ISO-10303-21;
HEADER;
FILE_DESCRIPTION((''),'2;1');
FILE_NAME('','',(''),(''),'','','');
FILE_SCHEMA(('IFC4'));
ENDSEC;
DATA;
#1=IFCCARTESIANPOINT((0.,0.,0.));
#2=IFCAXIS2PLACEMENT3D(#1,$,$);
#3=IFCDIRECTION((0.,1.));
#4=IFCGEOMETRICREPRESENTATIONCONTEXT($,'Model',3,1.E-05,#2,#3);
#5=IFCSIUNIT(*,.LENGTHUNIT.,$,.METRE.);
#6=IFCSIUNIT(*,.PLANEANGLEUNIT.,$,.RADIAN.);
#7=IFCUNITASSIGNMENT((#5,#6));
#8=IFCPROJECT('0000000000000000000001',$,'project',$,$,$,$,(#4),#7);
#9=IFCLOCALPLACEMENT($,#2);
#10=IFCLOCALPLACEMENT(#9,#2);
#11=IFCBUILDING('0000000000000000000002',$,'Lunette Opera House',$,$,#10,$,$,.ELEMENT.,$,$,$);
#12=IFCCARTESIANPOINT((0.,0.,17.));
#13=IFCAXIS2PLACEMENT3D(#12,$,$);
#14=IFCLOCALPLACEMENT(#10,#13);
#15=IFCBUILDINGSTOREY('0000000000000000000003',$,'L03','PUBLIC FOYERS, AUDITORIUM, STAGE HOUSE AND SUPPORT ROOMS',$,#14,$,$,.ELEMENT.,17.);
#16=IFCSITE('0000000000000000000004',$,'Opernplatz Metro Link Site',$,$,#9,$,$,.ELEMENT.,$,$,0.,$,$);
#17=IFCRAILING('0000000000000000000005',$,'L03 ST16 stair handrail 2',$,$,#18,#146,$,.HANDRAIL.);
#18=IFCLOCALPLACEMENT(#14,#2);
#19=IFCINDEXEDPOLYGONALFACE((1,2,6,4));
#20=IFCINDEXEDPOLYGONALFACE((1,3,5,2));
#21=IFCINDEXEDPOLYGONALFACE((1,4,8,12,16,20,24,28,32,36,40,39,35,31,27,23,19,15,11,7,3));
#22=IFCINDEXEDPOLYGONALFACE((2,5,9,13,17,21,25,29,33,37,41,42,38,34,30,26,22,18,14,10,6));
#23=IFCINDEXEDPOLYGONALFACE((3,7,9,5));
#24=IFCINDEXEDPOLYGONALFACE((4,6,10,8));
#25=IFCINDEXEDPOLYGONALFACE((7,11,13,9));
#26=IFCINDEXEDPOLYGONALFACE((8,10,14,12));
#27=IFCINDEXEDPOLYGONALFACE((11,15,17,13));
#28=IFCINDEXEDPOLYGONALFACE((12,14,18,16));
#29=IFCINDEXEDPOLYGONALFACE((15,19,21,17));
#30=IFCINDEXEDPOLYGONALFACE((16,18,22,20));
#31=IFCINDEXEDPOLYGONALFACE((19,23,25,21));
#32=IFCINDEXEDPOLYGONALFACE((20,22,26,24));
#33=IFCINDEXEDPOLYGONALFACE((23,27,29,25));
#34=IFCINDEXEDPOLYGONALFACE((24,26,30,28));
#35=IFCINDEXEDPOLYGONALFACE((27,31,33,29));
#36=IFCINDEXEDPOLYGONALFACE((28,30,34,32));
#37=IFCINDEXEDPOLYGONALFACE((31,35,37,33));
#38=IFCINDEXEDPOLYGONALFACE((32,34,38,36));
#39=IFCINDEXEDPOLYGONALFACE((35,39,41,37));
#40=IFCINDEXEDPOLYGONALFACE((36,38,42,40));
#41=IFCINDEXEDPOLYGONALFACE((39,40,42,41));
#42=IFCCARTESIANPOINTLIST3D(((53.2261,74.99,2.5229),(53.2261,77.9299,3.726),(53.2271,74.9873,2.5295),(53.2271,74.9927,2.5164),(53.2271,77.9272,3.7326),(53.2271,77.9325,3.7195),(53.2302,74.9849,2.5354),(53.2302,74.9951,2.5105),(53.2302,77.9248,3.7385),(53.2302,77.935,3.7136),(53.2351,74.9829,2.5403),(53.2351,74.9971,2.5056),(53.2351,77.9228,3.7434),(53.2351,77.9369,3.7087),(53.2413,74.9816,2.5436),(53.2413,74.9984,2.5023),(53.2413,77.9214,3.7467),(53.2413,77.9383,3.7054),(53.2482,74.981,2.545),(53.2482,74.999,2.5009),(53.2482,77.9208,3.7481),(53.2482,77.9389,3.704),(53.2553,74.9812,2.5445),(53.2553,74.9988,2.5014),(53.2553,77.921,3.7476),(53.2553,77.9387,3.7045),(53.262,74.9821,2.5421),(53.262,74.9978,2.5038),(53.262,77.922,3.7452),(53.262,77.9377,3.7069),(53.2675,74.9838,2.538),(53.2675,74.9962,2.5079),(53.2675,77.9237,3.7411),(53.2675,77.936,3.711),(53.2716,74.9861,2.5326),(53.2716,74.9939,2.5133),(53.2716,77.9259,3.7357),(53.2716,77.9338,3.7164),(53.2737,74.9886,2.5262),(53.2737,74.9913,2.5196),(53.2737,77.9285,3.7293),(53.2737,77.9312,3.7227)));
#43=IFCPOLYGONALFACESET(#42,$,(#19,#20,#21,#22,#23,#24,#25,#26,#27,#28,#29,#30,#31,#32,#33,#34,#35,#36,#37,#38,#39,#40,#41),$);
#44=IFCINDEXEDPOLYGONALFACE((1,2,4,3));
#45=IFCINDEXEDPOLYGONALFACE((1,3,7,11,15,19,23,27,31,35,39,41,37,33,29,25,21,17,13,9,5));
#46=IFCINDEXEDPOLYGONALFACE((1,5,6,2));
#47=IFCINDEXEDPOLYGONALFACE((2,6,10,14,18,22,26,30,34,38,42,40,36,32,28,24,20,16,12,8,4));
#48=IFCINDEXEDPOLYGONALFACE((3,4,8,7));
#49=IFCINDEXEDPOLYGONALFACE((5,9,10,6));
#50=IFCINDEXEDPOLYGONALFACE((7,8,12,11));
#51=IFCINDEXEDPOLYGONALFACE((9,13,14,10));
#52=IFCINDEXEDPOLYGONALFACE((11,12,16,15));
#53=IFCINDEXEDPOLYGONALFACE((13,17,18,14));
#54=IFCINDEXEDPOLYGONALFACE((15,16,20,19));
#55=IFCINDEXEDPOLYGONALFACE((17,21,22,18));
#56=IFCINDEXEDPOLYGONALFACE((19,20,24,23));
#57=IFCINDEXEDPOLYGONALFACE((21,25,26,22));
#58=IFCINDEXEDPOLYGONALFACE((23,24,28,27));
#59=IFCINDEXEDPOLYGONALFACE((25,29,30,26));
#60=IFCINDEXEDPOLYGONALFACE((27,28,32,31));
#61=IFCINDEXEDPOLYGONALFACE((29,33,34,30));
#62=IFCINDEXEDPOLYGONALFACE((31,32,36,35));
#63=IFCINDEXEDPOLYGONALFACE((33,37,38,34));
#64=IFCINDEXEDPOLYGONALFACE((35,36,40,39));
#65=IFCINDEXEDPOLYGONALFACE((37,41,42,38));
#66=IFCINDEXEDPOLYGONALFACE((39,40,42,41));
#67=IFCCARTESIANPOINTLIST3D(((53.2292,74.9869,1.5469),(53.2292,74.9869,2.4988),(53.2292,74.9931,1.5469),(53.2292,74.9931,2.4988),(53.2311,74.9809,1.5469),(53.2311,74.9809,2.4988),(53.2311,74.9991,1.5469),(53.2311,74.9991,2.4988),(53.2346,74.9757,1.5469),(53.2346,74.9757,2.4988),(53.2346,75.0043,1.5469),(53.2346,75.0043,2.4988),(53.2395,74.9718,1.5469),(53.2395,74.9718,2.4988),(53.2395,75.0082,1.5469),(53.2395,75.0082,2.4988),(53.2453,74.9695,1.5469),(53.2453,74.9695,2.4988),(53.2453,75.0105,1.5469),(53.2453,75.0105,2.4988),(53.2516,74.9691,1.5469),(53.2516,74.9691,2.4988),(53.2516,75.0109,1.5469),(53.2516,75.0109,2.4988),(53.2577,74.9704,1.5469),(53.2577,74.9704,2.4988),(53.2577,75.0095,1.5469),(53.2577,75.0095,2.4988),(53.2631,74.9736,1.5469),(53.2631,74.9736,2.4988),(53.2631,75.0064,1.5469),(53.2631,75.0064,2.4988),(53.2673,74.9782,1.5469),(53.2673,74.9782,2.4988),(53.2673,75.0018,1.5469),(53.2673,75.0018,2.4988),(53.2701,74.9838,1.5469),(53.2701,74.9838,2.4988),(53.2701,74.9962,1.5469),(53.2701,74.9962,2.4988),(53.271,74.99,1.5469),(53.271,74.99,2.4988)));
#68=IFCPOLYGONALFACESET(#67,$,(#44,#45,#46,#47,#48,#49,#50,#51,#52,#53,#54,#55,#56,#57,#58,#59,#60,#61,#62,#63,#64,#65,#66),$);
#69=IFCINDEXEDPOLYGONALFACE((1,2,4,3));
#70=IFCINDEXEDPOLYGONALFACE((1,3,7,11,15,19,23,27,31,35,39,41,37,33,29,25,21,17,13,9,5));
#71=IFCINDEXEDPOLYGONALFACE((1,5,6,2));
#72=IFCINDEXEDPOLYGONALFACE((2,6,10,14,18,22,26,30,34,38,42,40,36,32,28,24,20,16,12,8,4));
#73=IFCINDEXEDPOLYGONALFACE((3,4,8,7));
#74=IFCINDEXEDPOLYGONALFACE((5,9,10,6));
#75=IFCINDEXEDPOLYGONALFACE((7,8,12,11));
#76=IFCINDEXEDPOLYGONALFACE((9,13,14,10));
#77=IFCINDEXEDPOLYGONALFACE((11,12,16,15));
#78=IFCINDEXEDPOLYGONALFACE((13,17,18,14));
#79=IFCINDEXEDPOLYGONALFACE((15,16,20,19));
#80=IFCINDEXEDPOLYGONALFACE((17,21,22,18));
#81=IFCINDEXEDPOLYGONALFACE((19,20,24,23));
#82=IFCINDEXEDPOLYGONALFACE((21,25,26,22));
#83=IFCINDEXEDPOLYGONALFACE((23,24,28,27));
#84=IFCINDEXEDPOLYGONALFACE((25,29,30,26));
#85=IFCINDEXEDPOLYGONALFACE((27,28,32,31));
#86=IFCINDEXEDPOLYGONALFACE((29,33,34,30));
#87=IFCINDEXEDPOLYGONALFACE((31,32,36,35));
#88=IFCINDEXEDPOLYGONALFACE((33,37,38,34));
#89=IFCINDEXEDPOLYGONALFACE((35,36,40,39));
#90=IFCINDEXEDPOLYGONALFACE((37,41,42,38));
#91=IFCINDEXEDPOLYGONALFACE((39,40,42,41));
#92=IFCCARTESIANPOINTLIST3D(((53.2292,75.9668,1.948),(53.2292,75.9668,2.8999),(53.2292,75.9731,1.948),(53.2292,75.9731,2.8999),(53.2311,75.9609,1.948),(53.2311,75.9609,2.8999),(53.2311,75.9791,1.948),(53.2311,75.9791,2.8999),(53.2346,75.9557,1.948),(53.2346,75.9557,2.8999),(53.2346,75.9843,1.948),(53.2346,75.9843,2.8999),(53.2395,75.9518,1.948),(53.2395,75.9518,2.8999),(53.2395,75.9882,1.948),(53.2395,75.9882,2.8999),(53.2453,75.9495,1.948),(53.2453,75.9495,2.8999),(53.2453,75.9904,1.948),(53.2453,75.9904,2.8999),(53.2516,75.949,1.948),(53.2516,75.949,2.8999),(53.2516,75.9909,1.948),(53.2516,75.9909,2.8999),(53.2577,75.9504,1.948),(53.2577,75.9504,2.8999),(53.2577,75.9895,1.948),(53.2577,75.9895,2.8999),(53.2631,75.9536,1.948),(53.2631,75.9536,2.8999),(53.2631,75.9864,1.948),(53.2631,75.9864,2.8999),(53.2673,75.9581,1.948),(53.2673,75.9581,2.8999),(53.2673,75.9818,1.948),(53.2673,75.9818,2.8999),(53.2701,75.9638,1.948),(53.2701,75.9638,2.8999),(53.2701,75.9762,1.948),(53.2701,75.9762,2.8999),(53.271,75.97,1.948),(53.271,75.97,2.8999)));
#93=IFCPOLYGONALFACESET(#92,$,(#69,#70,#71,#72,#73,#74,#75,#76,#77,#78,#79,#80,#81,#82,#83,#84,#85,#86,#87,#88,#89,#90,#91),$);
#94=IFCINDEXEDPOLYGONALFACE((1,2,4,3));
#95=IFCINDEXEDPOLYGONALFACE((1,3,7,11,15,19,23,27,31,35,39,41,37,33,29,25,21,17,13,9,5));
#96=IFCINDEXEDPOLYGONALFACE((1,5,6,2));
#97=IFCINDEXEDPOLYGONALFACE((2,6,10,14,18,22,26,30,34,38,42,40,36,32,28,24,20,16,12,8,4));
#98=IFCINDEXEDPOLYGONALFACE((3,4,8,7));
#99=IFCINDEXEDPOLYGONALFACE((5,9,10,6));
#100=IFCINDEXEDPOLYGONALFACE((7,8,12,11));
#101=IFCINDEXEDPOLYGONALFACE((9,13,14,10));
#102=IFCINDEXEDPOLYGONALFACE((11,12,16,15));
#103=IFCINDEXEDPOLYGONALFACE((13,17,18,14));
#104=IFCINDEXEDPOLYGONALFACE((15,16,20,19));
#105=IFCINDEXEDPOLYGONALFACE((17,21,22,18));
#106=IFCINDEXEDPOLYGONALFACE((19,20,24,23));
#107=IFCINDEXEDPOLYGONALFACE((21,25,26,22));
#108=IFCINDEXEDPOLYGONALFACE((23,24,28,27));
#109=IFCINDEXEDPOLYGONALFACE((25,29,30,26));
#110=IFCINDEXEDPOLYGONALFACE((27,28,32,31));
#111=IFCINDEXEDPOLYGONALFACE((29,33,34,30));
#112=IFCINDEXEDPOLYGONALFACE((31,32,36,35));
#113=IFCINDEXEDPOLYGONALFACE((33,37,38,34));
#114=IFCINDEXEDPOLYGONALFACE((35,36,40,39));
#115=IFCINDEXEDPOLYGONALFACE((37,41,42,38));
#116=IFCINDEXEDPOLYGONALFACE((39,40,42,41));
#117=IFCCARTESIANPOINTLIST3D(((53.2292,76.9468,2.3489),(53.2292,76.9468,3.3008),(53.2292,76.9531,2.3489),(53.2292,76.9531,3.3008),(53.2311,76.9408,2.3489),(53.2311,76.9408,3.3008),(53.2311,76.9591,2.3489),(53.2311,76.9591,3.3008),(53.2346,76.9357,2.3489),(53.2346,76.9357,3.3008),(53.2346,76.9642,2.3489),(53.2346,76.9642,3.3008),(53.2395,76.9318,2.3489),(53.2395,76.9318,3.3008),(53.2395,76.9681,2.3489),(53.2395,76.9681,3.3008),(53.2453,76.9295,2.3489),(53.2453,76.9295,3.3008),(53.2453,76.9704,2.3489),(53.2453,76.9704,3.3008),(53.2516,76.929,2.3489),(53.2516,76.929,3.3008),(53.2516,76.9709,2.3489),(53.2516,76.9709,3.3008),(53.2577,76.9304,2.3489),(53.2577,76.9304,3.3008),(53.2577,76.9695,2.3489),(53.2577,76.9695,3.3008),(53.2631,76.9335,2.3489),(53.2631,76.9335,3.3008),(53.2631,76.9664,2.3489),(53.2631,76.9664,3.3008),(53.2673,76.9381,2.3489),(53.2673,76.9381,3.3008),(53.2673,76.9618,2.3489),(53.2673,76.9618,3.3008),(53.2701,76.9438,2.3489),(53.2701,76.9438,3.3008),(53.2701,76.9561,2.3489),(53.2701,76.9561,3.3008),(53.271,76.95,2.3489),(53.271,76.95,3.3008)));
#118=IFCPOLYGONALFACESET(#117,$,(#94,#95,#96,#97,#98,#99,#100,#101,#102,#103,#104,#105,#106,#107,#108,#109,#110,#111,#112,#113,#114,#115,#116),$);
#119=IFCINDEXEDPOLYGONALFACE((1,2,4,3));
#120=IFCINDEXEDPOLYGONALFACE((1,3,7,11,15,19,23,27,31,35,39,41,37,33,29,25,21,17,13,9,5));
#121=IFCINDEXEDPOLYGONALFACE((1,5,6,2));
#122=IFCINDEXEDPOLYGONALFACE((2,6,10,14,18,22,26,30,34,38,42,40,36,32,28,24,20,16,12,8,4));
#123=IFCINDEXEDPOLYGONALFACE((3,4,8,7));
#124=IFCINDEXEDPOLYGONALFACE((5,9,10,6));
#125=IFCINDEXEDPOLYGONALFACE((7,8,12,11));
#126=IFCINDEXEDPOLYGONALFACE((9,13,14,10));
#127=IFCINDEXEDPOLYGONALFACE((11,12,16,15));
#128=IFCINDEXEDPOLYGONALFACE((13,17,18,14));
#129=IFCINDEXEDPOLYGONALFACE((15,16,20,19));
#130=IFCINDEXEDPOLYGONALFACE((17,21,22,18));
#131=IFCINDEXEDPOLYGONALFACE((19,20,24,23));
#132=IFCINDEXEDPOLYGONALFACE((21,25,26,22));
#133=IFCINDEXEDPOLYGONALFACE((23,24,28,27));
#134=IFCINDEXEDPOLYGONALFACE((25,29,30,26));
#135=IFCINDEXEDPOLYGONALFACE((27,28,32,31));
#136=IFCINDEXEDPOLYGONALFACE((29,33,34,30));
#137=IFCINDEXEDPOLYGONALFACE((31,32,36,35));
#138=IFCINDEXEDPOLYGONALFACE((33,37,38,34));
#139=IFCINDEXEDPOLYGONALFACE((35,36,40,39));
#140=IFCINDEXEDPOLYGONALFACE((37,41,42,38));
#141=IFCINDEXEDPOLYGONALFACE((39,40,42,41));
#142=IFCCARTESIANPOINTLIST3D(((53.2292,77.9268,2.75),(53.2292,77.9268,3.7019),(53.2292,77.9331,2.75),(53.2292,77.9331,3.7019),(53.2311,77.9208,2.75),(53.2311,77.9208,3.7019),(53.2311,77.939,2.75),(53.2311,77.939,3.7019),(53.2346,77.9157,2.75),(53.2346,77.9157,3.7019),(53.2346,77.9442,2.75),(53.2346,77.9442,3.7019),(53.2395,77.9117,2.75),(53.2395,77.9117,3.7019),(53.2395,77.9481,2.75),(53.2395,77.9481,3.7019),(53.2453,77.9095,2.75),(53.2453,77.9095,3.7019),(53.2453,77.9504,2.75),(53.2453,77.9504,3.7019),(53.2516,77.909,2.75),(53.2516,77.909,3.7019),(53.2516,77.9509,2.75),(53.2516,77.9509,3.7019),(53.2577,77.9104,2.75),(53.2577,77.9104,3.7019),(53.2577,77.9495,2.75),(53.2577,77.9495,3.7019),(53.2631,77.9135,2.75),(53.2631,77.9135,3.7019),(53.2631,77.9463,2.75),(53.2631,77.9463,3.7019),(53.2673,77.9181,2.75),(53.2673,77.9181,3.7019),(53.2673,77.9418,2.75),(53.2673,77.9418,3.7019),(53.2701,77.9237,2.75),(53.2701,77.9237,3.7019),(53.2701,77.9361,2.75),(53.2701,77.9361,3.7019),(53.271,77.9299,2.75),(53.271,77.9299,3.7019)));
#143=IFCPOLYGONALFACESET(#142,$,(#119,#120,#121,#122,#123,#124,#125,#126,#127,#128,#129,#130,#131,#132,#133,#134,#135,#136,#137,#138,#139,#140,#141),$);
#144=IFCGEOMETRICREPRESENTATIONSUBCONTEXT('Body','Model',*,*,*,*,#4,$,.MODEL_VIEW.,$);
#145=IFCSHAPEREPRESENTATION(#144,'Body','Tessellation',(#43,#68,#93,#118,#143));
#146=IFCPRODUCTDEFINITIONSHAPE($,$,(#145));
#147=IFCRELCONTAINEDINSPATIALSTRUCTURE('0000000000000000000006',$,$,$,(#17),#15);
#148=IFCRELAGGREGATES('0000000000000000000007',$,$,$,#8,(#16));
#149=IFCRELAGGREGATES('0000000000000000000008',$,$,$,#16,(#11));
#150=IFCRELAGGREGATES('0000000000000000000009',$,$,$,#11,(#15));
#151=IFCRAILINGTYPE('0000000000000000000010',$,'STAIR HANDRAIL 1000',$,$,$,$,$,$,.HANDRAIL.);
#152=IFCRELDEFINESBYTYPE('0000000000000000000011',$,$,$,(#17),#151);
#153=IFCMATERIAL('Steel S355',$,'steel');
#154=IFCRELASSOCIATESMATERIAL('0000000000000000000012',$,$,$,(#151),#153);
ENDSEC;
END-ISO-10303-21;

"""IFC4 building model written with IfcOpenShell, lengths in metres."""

from ifc_helpers import new_model, si_unit, direction, frame, origin, origin_2d, place, context, subcontext, project, spatial, circle, extrude, material, type_object, element, save


model = new_model("IFC4")

# Units and contexts
model_context = context("Model", 3, precision=1e-05, world=origin(), true_north=direction((0.0, 1.0)))
body_context = subcontext(model_context, "Body", "Model", "MODEL_VIEW")
ifc_project = project(units=[si_unit("LENGTHUNIT", "METRE"), si_unit("PLANEANGLEUNIT", "RADIAN")], contexts=[model_context])

# Site, building, storey
site_placement = place(None, origin())
site = spatial("IfcSite", under=ifc_project, at=site_placement, Name="Opernplatz Metro Link Site", CompositionType="ELEMENT", RefElevation=0.0)
building_placement = place(site_placement, origin())
building = spatial("IfcBuilding", under=site, at=building_placement, Name="Lunette Opera House", CompositionType="ELEMENT")
storey_placement = place(building_placement, frame((0.0, 0.0, 17.0)))
storey = spatial("IfcBuildingStorey", under=building, at=storey_placement, Name="L03", Description="PUBLIC FOYERS, AUDITORIUM, STAGE HOUSE AND SUPPORT ROOMS", CompositionType="ELEMENT", Elevation=17.0)

# Railing
ifc_material_1 = material(Name="Steel S355", Category="steel")
railing_type_1 = type_object("IfcRailingType", Name="STAIR HANDRAIL 1000", PredefinedType="HANDRAIL", material=ifc_material_1)
railing_1_placement = place(storey_placement, frame((53.25, 74.99, 1.5469)))
element("IfcRailing", 1, at=railing_1_placement, inside=storey, type_object=railing_type_1, Name="L03 ST16 stair handrail 2", PredefinedType="HANDRAIL", context=body_context, shape_type="SweptSolid", body=[
    extrude(circle(Radius=0.0239, at=origin_2d()), frame((0.0, 0.0, 0.9761), z_axis=(0.0, 0.9255, 0.378747), x_axis=(-1.0, 0.0, 0.0)), (0.0, 0.0, 1.0), 3.1765),
    extrude(circle(Radius=0.021, at=origin_2d()), origin(), (0.0, 0.0, 1.0), 0.9519),
    extrude(circle(Radius=0.021, at=origin_2d()), frame((0.0, 0.98, 0.4011)), (0.0, 0.0, 1.0), 0.9519),
    extrude(circle(Radius=0.021, at=origin_2d()), frame((0.0, 1.96, 0.802)), (0.0, 0.0, 1.0), 0.9519),
    extrude(circle(Radius=0.021, at=origin_2d()), frame((0.0, 2.9399, 1.2031)), (0.0, 0.0, 1.0), 0.9519),
])

save(model, "model.ifc")
